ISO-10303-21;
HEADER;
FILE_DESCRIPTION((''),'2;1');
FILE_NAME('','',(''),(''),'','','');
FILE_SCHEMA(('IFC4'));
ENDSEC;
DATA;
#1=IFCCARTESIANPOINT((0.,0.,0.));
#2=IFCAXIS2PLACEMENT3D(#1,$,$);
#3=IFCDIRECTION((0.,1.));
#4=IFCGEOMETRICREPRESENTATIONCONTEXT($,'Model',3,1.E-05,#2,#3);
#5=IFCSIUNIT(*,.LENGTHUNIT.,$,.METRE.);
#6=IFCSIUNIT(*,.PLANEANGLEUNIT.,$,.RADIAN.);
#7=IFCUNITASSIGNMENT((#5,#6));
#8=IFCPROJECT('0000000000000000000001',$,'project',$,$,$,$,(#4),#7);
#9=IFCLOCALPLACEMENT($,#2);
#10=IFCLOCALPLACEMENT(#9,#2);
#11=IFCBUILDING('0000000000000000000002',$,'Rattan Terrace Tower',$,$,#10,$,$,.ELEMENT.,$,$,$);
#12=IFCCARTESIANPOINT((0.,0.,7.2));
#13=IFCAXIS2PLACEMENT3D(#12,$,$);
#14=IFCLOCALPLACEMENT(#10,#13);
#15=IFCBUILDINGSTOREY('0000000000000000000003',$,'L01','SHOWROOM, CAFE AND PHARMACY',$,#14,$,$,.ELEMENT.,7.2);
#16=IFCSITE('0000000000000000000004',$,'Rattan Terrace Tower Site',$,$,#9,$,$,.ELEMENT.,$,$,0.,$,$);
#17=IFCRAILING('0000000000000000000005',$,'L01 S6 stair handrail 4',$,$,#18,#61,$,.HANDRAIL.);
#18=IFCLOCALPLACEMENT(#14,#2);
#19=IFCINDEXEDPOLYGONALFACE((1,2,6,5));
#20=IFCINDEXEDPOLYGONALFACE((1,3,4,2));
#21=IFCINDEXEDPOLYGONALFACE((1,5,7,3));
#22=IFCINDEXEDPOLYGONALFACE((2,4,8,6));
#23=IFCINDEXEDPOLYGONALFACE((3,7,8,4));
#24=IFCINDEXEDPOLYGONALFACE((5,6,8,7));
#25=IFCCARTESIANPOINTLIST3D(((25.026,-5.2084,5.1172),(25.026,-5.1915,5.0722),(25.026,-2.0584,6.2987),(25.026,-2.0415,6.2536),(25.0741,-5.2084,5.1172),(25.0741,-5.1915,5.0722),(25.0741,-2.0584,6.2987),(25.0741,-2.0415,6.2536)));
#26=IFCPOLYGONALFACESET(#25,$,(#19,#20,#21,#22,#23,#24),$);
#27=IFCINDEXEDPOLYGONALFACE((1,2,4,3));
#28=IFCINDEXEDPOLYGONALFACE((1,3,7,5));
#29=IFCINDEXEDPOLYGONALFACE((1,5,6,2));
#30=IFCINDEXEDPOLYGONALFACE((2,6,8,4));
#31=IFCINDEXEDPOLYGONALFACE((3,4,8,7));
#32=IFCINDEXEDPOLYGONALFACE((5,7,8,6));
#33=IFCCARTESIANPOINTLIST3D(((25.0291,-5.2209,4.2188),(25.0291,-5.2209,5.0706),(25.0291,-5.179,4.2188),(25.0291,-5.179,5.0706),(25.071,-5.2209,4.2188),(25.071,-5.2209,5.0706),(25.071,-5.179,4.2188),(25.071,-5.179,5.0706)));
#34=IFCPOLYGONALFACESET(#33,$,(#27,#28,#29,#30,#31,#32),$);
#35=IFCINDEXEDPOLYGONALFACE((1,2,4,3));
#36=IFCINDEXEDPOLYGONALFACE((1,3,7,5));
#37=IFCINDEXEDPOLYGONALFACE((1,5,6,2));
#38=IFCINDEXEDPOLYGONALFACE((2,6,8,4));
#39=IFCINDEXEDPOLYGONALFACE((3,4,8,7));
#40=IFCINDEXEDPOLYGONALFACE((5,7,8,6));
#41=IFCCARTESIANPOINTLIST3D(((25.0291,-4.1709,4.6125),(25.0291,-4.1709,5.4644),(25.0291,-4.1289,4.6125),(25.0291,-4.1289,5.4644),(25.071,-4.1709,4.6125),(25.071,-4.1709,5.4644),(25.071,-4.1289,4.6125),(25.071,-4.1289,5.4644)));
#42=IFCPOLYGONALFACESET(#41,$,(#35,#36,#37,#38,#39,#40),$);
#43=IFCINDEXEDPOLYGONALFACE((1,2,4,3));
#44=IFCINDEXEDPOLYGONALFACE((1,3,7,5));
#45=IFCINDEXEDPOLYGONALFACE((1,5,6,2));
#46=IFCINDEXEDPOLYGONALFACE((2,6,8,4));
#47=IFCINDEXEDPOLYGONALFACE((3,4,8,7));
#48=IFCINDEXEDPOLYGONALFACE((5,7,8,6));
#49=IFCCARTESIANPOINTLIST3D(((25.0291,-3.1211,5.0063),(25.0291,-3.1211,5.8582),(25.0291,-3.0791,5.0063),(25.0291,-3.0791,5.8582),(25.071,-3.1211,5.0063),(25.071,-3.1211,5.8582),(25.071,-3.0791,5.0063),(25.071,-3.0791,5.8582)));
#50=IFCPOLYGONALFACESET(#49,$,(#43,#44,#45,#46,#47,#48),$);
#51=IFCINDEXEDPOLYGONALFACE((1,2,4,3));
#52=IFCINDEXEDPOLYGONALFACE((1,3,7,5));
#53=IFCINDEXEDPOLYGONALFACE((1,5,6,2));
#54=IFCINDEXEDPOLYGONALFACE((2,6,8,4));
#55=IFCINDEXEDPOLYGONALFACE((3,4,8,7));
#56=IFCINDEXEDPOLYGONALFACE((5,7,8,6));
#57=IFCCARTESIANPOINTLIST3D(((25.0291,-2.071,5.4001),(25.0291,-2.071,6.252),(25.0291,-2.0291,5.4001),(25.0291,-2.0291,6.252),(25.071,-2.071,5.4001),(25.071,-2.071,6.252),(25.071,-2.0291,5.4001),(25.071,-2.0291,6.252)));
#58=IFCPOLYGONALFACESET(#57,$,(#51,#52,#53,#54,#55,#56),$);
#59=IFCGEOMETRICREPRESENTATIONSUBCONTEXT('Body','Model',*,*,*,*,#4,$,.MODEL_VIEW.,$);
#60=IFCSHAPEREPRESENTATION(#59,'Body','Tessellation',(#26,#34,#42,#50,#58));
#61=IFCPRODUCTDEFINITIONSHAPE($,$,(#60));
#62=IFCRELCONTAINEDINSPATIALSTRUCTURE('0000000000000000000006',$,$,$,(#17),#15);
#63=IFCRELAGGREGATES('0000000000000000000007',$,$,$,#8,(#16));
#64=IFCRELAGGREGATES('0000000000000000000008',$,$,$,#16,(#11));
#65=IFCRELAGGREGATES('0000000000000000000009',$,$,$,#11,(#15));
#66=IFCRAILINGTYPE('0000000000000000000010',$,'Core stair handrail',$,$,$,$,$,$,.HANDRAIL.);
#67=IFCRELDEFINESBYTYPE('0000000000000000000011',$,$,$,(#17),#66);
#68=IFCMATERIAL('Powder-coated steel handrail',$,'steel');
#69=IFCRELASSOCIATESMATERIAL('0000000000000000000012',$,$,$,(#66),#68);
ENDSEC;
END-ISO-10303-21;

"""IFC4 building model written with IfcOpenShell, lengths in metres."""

from ifc_helpers import new_model, si_unit, direction, frame, origin, origin_2d, place, context, subcontext, project, spatial, rectangle, extrude, material, type_object, element, save


model = new_model("IFC4")

# Units and contexts
model_context = context("Model", 3, precision=1e-05, world=origin(), true_north=direction((0.0, 1.0)))
body_context = subcontext(model_context, "Body", "Model", "MODEL_VIEW")
ifc_project = project(units=[si_unit("LENGTHUNIT", "METRE"), si_unit("PLANEANGLEUNIT", "RADIAN")], contexts=[model_context])

# Site, building, storey
site_placement = place(None, origin())
site = spatial("IfcSite", under=ifc_project, at=site_placement, Name="Rattan Terrace Tower Site", CompositionType="ELEMENT", RefElevation=0.0)
building_placement = place(site_placement, origin())
building = spatial("IfcBuilding", under=site, at=building_placement, Name="Rattan Terrace Tower", CompositionType="ELEMENT")
storey_placement = place(building_placement, frame((0.0, 0.0, 7.2)))
storey = spatial("IfcBuildingStorey", under=building, at=storey_placement, Name="L01", Description="SHOWROOM, CAFE AND PHARMACY", CompositionType="ELEMENT", Elevation=7.2)

# Railing
ifc_material_1 = material(Name="Powder-coated steel handrail", Category="steel")
railing_type_1 = type_object("IfcRailingType", Name="Core stair handrail", PredefinedType="HANDRAIL", material=ifc_material_1)
railing_1_placement = place(storey_placement, frame((25.05, -5.2, 4.2188)))
element("IfcRailing", 1, at=railing_1_placement, inside=storey, type_object=railing_type_1, Name="L01 S6 stair handrail 4", PredefinedType="HANDRAIL", context=body_context, shape_type="SweptSolid", body=[
    extrude(rectangle(XDim=0.0481, YDim=0.0481, at=origin_2d()), frame((0.0, 0.0, 0.876), z_axis=(0.0, 0.936311, 0.351171), x_axis=(-1.0, 0.0, 0.0)), (0.0, 0.0, 1.0), 3.3643),
    extrude(rectangle(XDim=0.042, YDim=0.042, at=origin_2d()), origin(), (0.0, 0.0, 1.0), 0.8518),
    extrude(rectangle(XDim=0.042, YDim=0.042, at=origin_2d()), frame((0.0, 1.05, 0.3938)), (0.0, 0.0, 1.0), 0.8518),
    extrude(rectangle(XDim=0.042, YDim=0.042, at=origin_2d()), frame((0.0, 2.0999, 0.7876)), (0.0, 0.0, 1.0), 0.8518),
    extrude(rectangle(XDim=0.042, YDim=0.042, at=origin_2d()), frame((0.0, 3.1499, 1.1814)), (0.0, 0.0, 1.0), 0.8518),
])

save(model, "model.ifc")
